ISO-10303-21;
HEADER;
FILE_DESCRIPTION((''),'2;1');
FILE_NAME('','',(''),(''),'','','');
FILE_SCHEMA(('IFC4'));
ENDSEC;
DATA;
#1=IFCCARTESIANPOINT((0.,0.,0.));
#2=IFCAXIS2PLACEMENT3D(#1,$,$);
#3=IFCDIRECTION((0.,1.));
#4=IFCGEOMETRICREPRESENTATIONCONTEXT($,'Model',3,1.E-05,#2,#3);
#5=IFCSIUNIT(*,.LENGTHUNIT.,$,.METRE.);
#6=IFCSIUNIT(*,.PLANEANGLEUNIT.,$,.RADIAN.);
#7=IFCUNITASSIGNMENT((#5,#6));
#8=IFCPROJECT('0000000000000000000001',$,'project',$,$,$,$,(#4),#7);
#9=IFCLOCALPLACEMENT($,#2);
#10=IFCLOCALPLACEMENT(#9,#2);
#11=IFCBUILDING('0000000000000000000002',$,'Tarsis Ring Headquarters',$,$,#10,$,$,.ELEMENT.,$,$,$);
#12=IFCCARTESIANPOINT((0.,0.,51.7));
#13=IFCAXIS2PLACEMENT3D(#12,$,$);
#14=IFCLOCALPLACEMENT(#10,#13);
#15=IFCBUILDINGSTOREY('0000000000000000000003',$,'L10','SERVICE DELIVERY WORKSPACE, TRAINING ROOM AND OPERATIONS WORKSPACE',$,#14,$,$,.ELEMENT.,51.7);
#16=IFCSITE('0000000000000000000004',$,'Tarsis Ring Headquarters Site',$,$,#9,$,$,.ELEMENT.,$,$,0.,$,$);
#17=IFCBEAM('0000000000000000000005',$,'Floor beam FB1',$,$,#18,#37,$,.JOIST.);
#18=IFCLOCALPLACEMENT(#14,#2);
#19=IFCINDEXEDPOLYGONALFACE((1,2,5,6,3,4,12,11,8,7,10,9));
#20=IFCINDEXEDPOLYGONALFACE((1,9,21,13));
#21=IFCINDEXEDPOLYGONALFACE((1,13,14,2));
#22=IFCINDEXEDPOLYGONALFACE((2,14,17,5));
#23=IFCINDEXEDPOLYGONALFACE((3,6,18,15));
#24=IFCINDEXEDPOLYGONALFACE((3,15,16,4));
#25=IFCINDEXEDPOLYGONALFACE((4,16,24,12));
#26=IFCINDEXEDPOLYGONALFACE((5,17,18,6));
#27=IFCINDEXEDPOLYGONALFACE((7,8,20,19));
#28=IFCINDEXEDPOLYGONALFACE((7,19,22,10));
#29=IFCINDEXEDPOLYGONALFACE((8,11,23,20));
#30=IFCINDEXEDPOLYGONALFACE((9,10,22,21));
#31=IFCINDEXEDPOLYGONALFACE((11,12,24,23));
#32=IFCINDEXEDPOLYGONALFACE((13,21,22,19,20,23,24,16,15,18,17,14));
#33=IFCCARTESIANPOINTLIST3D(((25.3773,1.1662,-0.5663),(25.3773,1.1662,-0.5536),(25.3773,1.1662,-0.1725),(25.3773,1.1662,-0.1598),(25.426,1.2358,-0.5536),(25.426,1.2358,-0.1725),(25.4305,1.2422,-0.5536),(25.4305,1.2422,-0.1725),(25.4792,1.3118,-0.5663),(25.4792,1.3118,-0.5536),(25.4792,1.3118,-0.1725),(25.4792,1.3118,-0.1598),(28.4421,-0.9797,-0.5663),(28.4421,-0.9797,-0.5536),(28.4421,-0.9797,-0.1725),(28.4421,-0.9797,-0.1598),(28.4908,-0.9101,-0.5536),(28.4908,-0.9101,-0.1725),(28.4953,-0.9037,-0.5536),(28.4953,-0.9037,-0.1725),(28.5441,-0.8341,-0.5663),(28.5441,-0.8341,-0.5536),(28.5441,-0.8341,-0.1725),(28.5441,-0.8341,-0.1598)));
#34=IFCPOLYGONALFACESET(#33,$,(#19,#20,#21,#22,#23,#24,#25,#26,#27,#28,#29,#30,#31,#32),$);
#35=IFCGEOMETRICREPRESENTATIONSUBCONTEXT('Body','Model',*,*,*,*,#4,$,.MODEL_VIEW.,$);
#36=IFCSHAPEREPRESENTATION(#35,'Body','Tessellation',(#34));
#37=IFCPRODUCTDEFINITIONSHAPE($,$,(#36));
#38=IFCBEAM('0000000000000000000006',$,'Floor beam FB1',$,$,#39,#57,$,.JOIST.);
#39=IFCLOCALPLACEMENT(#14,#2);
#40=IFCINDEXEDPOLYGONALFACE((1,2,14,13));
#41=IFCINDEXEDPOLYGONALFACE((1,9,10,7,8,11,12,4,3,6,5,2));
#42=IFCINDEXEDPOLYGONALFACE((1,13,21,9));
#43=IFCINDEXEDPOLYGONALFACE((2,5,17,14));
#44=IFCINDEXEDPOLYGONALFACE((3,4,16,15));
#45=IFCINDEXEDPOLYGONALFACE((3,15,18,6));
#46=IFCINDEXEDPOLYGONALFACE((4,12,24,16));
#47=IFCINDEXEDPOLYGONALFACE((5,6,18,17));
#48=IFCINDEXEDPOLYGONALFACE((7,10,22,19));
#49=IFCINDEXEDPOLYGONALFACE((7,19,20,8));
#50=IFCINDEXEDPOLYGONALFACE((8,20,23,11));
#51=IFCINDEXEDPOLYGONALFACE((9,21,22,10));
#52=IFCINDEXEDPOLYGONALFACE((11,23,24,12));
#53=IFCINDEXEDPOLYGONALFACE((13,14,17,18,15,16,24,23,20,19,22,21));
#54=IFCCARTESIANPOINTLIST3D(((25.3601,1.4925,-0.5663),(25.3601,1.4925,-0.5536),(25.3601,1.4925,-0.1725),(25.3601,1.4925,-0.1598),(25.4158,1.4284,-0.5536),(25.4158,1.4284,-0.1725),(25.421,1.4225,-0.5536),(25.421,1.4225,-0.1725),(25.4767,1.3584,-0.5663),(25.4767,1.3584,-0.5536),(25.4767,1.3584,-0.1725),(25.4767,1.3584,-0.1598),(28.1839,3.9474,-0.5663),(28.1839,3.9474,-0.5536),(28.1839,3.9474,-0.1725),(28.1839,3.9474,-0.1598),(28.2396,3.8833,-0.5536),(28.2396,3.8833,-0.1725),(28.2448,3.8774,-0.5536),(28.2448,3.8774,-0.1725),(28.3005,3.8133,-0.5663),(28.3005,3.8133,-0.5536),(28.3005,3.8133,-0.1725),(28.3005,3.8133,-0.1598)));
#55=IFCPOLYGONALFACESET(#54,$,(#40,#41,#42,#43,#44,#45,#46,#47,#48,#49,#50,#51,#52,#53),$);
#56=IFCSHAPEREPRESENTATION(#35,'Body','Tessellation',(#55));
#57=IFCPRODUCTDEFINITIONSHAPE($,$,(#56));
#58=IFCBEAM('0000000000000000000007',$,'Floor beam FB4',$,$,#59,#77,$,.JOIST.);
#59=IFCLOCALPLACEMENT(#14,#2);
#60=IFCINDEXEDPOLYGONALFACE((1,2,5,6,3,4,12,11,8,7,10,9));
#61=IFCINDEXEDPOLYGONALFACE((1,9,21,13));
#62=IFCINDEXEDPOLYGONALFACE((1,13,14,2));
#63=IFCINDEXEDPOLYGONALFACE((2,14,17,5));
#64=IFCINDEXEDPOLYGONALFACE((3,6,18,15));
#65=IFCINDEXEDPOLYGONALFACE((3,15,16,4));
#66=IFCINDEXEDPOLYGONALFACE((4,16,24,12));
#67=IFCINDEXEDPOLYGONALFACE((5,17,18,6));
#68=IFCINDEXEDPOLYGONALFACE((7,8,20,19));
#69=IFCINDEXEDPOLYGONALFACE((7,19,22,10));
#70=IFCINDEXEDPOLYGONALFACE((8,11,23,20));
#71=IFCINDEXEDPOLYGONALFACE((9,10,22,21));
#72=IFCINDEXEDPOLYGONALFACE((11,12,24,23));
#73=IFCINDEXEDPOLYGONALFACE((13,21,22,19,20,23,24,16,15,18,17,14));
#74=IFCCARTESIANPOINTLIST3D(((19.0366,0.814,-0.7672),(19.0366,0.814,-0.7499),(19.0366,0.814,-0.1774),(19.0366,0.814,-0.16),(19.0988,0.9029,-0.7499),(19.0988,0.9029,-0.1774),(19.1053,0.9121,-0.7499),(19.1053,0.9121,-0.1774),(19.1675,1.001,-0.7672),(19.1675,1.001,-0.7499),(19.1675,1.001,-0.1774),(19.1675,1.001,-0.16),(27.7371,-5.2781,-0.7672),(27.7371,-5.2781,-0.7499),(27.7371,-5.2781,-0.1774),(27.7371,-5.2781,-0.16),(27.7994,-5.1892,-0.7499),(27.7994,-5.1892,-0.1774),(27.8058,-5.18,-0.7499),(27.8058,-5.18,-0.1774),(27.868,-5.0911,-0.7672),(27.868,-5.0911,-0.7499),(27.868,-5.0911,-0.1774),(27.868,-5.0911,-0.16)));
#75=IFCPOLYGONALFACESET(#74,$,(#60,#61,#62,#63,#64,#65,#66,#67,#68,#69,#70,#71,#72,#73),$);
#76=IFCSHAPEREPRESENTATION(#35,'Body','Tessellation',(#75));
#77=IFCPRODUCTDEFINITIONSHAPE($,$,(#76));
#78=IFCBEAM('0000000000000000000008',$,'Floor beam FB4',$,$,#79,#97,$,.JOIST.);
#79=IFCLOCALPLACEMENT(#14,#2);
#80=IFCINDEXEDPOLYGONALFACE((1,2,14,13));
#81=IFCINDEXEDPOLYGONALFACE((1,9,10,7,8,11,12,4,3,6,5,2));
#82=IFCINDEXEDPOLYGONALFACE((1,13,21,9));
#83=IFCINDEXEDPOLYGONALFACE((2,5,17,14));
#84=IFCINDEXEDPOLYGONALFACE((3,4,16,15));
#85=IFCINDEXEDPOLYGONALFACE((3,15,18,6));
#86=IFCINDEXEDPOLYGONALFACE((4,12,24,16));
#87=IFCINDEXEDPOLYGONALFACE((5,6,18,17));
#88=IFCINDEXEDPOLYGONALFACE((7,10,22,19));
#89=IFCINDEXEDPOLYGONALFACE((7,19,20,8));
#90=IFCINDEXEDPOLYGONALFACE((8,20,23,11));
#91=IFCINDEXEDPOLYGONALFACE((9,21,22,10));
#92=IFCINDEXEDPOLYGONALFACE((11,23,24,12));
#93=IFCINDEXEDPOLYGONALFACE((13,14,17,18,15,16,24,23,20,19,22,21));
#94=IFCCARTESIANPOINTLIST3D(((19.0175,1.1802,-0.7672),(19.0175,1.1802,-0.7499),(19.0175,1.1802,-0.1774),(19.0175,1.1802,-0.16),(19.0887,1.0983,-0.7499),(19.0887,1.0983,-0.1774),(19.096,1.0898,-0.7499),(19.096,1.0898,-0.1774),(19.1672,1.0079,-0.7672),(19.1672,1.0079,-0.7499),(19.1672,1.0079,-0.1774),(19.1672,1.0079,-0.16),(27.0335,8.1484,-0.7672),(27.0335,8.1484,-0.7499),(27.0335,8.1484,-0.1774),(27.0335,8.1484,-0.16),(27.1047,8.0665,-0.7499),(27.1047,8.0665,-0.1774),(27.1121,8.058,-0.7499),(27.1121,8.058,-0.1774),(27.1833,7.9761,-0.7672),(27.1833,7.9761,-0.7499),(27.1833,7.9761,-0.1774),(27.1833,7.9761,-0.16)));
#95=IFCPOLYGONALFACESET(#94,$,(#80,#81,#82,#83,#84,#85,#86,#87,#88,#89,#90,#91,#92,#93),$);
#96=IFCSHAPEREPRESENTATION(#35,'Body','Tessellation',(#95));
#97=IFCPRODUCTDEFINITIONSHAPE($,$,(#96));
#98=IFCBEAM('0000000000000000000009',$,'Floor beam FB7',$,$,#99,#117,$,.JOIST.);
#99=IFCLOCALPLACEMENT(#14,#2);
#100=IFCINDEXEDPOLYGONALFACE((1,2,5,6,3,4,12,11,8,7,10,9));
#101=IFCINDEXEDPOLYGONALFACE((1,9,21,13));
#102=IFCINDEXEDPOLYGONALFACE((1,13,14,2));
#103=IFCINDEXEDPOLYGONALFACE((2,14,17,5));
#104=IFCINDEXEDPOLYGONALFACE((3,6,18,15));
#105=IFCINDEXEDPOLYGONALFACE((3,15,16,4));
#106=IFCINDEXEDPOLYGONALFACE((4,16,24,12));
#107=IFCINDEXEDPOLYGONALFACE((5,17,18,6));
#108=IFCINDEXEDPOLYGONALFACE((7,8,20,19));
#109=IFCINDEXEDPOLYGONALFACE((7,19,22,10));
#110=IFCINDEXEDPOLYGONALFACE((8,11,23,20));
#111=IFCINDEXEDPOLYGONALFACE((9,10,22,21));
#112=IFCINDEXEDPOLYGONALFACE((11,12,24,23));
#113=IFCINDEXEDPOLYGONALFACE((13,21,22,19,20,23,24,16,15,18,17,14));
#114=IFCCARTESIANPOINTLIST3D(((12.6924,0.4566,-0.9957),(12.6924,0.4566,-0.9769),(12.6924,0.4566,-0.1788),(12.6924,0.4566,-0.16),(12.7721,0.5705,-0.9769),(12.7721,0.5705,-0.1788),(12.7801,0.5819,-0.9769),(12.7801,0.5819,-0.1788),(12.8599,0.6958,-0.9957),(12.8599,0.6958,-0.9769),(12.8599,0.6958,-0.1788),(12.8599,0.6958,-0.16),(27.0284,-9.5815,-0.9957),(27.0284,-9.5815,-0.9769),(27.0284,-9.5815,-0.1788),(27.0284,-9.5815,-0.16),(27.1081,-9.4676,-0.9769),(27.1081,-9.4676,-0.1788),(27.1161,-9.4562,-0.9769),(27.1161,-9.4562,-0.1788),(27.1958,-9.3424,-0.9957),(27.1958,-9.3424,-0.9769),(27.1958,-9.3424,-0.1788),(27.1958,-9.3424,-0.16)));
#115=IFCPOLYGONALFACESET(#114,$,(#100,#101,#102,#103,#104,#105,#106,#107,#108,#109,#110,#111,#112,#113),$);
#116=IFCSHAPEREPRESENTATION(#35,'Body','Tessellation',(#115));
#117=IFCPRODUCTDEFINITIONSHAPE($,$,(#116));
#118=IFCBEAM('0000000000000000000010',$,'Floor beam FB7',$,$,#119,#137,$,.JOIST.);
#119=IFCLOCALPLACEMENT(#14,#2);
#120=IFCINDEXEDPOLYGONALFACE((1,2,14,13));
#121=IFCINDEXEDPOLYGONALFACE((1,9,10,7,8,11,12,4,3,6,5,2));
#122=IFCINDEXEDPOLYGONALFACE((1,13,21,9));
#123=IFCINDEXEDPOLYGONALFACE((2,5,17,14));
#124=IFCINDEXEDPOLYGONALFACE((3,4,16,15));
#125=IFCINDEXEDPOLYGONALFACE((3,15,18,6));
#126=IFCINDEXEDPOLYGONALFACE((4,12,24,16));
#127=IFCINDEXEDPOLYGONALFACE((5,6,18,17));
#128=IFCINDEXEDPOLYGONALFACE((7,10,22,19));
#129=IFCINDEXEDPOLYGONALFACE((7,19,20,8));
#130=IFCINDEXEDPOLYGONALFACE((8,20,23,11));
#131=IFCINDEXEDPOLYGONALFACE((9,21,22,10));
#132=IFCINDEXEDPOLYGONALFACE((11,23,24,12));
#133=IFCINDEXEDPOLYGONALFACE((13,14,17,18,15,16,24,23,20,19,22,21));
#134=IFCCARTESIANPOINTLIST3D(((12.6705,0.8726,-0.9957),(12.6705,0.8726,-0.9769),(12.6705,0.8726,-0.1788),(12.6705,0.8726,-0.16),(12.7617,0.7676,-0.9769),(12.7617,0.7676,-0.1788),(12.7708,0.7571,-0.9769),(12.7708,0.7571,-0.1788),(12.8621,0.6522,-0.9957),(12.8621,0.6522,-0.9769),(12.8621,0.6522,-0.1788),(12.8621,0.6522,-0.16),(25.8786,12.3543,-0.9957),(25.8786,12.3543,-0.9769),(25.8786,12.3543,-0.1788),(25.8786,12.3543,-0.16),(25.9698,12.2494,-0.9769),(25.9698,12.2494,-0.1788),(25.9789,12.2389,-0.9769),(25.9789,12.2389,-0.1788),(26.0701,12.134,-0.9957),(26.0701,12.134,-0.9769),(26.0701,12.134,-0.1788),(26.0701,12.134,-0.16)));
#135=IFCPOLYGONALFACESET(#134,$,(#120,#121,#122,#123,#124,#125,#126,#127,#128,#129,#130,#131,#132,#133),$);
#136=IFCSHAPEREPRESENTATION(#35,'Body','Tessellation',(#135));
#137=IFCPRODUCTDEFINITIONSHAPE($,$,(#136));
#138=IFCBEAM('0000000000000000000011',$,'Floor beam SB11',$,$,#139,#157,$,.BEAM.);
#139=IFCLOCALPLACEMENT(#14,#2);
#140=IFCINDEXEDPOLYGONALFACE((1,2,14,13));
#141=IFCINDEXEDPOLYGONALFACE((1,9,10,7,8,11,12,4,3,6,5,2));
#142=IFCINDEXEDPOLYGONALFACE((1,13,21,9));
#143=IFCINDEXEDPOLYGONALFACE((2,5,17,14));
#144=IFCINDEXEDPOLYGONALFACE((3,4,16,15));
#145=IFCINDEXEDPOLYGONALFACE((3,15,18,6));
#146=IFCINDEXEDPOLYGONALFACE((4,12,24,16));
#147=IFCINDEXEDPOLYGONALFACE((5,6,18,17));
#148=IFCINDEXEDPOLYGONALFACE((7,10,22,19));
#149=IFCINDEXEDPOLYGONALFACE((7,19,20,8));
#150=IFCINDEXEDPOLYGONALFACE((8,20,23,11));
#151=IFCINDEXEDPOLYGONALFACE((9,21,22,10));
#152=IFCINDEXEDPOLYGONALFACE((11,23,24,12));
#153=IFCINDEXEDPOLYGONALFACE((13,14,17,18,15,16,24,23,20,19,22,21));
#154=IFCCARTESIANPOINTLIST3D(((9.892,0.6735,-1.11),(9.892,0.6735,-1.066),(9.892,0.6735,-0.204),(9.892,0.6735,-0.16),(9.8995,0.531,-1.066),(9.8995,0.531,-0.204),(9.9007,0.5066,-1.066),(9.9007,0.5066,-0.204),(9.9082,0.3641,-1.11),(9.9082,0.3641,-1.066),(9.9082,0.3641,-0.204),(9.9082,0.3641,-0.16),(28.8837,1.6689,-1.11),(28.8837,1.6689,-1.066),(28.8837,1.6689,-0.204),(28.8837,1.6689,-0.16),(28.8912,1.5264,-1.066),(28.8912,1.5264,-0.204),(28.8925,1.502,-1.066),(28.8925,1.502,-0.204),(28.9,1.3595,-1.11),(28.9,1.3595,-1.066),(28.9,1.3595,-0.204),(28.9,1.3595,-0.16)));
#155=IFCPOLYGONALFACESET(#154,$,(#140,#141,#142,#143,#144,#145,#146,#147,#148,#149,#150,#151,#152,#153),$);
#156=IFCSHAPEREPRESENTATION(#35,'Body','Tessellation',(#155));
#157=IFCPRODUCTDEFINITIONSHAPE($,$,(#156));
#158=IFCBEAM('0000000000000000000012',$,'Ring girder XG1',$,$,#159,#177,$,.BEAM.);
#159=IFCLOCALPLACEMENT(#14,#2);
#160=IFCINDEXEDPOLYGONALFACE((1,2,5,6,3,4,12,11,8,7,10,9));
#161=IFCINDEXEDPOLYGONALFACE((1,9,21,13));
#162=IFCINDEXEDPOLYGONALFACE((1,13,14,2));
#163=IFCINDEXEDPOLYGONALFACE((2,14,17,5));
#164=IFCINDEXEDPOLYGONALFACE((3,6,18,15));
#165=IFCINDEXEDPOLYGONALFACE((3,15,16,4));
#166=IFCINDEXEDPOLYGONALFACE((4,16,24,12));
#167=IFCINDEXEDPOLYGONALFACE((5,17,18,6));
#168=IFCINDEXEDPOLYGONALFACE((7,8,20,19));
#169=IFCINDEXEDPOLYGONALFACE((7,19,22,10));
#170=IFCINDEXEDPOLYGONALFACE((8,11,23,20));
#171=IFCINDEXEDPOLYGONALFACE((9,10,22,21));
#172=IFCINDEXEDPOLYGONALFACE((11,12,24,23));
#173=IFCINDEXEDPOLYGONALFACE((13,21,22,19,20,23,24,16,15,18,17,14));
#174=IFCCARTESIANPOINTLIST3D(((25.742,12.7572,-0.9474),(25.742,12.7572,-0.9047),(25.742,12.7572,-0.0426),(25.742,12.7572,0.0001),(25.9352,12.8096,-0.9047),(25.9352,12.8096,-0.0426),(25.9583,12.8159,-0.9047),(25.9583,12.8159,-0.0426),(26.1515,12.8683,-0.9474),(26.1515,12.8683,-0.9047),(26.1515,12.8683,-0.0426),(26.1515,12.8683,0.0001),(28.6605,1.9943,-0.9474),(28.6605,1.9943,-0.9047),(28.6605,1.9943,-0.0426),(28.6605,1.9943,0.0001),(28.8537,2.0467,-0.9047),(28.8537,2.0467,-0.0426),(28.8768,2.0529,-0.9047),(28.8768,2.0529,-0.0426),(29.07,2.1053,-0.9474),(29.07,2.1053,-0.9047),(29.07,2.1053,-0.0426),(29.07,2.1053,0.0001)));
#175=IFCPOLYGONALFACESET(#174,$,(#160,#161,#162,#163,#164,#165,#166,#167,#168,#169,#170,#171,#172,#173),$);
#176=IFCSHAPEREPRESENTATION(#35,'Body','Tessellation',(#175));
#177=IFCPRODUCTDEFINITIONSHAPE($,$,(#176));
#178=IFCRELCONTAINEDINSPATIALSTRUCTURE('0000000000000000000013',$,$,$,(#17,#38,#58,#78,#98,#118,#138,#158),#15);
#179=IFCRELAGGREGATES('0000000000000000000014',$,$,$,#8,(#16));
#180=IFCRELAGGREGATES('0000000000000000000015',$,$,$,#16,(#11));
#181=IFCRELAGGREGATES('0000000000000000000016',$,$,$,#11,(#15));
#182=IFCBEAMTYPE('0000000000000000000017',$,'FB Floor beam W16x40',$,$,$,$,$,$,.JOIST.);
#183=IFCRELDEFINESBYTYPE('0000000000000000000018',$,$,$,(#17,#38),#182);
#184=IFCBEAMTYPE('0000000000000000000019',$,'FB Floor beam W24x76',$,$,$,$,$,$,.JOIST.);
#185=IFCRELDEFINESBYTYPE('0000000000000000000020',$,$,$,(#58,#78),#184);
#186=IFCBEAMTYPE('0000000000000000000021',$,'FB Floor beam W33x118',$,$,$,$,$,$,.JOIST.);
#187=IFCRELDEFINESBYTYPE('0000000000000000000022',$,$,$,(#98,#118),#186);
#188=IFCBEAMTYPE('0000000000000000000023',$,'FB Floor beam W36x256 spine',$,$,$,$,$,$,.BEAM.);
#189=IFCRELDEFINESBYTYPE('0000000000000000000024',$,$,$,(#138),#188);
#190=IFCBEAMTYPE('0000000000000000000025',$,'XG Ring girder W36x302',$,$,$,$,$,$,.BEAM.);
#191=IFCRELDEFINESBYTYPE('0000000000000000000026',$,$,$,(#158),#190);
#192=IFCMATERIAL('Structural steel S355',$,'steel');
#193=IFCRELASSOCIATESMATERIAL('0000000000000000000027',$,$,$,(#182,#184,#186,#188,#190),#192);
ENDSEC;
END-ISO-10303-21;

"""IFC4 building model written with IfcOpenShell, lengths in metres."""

from ifc_helpers import new_model, si_unit, direction, frame, origin, origin_2d, place, context, subcontext, project, spatial, i_section, extrude, material, material_profile, profile_set, type_object, element, save


model = new_model("IFC4")

# Units and contexts
model_context = context("Model", 3, precision=1e-05, world=origin(), true_north=direction((0.0, 1.0)))
body_context = subcontext(model_context, "Body", "Model", "MODEL_VIEW")
ifc_project = project(units=[si_unit("LENGTHUNIT", "METRE"), si_unit("PLANEANGLEUNIT", "RADIAN")], contexts=[model_context])

# Site, building, storey
site_placement = place(None, origin())
site = spatial("IfcSite", under=ifc_project, at=site_placement, Name="Tarsis Ring Headquarters Site", CompositionType="ELEMENT", RefElevation=0.0)
building_placement = place(site_placement, origin())
building = spatial("IfcBuilding", under=site, at=building_placement, Name="Tarsis Ring Headquarters", CompositionType="ELEMENT")
storey_placement = place(building_placement, frame((0.0, 0.0, 51.7)))
storey = spatial("IfcBuildingStorey", under=building, at=storey_placement, Name="L10", Description="SERVICE DELIVERY WORKSPACE, TRAINING ROOM AND OPERATIONS WORKSPACE", CompositionType="ELEMENT", Elevation=51.7)

# Beams
ifc_material_1 = material(Name="Structural steel S355", Category="steel")
ifc_material_profile_1 = material_profile(ifc_material_1, i_section(OverallWidth=0.1777, OverallDepth=0.4065, WebThickness=0.0078, FlangeThickness=0.0127, at=origin_2d()), Name="W16x40")
ifc_profile_set_1 = profile_set([ifc_material_profile_1], Name="Structural steel S355")
beam_type_1 = type_object("IfcBeamType", Name="FB Floor beam W16x40", PredefinedType="JOIST", material=ifc_profile_set_1)
beam_1_placement = place(storey_placement, frame((25.4282, 1.239, -0.363), z_axis=(0.819164, -0.573559, 0.0), x_axis=(0.573559, 0.819164, 0.0)))
element("IfcBeam", 1, at=beam_1_placement, inside=storey, type_object=beam_type_1, Name="Floor beam FB1", PredefinedType="JOIST", context=body_context, shape_type="SweptSolid", body=[
    extrude(i_section(OverallWidth=0.1777, OverallDepth=0.4065, WebThickness=0.0078, FlangeThickness=0.0127, at=origin_2d()), origin(), (0.0, 0.0, 1.0), 3.7415),
])
beam_2_placement = place(storey_placement, frame((28.2422, 3.8804, -0.363), z_axis=(-0.754683, -0.65609, 0.0), x_axis=(0.65609, -0.754683, 0.0)))
element("IfcBeam", 2, at=beam_2_placement, inside=storey, type_object=beam_type_1, Name="Floor beam FB1", PredefinedType="JOIST", context=body_context, shape_type="SweptSolid", body=[
    extrude(i_section(OverallWidth=0.1777, OverallDepth=0.4065, WebThickness=0.0078, FlangeThickness=0.0127, at=origin_2d()), origin(), (0.0, 0.0, 1.0), 3.7417),
])
ifc_material_profile_2 = material_profile(ifc_material_1, i_section(OverallWidth=0.2283, OverallDepth=0.6072, WebThickness=0.0112, FlangeThickness=0.0173, at=origin_2d()), Name="W24x76")
ifc_profile_set_2 = profile_set([ifc_material_profile_2], Name="Structural steel S355")
beam_type_2 = type_object("IfcBeamType", Name="FB Floor beam W24x76", PredefinedType="JOIST", material=ifc_profile_set_2)
for number, where, z_axis, x_axis, name in (
    (3, (19.1021, 0.9075, -0.4636), (0.819155, -0.573572, 0.0), (0.573572, 0.819155, 0.0), "Floor beam FB4"),
    (4, (27.1084, 8.0623, -0.4636), (-0.754711, -0.656057, 0.0), (0.656057, -0.754711, 0.0), "Floor beam FB4"),
):
    element("IfcBeam", number, at=place(storey_placement, frame(where, z_axis=z_axis, x_axis=x_axis)), inside=storey, type_object=beam_type_2, Name=name, PredefinedType="JOIST", context=body_context, shape_type="SweptSolid", body=[
        extrude(i_section(OverallWidth=0.2283, OverallDepth=0.6072, WebThickness=0.0112, FlangeThickness=0.0173, at=origin_2d()), origin(), (0.0, 0.0, 1.0), 10.6213),
    ])
ifc_material_profile_3 = material_profile(ifc_material_1, i_section(OverallWidth=0.292, OverallDepth=0.8357, WebThickness=0.0139, FlangeThickness=0.0188, at=origin_2d()), Name="W33x118")
ifc_profile_set_3 = profile_set([ifc_material_profile_3], Name="Structural steel S355")
beam_type_3 = type_object("IfcBeamType", Name="FB Floor beam W33x118", PredefinedType="JOIST", material=ifc_profile_set_3)
for number, where, z_axis, x_axis, name in (
    (5, (12.7761, 0.5762, -0.5779), (0.819153, -0.573575, 0.0), (0.573575, 0.819153, 0.0), "Floor beam FB7"),
    (6, (25.9744, 12.2441, -0.5779), (-0.754706, -0.656064, 0.0), (0.656064, -0.754706, 0.0), "Floor beam FB7"),
):
    element("IfcBeam", number, at=place(storey_placement, frame(where, z_axis=z_axis, x_axis=x_axis)), inside=storey, type_object=beam_type_3, Name=name, PredefinedType="JOIST", context=body_context, shape_type="SweptSolid", body=[
        extrude(i_section(OverallWidth=0.292, OverallDepth=0.8357, WebThickness=0.0139, FlangeThickness=0.0188, at=origin_2d()), origin(), (0.0, 0.0, 1.0), 17.501),
    ])
ifc_material_profile_4 = material_profile(ifc_material_1, i_section(OverallWidth=0.3098, OverallDepth=0.95, WebThickness=0.0244, FlangeThickness=0.0439, at=origin_2d()), Name="W36x256")
ifc_profile_set_4 = profile_set([ifc_material_profile_4], Name="Structural steel S355")
beam_type_4 = type_object("IfcBeamType", Name="FB Floor beam W36x256 spine", PredefinedType="BEAM", material=ifc_profile_set_4)
beam_3_placement = place(storey_placement, frame((28.8918, 1.5142, -0.635), z_axis=(-0.998629, -0.052339, 0.0), x_axis=(0.052339, -0.998629, 0.0)))
element("IfcBeam", 7, at=beam_3_placement, inside=storey, type_object=beam_type_4, Name="Floor beam SB11", PredefinedType="BEAM", context=body_context, shape_type="SweptSolid", body=[
    extrude(i_section(OverallWidth=0.3098, OverallDepth=0.95, WebThickness=0.0244, FlangeThickness=0.0439, at=origin_2d()), origin(), (0.0, 0.0, 1.0), 19.0178),
])
ifc_material_profile_5 = material_profile(ifc_material_1, i_section(OverallWidth=0.4243, OverallDepth=0.9475, WebThickness=0.0239, FlangeThickness=0.0427, at=origin_2d()), Name="W36x302")
ifc_profile_set_5 = profile_set([ifc_material_profile_5], Name="Structural steel S355")
beam_type_5 = type_object("IfcBeamType", Name="XG Ring girder W36x302", PredefinedType="BEAM", material=ifc_profile_set_5)
beam_4_placement = place(storey_placement, frame((28.8652, 2.0498, -0.4736), z_axis=(-0.261707, 0.965147, 0.0), x_axis=(-0.965147, -0.261707, 0.0)))
element("IfcBeam", 8, at=beam_4_placement, inside=storey, type_object=beam_type_5, Name="Ring girder XG1", PredefinedType="BEAM", context=body_context, shape_type="SweptSolid", body=[
    extrude(i_section(OverallWidth=0.4243, OverallDepth=0.9475, WebThickness=0.0239, FlangeThickness=0.0427, at=origin_2d()), origin(), (0.0, 0.0, 1.0), 11.1516),
])

save(model, "model.ifc")
